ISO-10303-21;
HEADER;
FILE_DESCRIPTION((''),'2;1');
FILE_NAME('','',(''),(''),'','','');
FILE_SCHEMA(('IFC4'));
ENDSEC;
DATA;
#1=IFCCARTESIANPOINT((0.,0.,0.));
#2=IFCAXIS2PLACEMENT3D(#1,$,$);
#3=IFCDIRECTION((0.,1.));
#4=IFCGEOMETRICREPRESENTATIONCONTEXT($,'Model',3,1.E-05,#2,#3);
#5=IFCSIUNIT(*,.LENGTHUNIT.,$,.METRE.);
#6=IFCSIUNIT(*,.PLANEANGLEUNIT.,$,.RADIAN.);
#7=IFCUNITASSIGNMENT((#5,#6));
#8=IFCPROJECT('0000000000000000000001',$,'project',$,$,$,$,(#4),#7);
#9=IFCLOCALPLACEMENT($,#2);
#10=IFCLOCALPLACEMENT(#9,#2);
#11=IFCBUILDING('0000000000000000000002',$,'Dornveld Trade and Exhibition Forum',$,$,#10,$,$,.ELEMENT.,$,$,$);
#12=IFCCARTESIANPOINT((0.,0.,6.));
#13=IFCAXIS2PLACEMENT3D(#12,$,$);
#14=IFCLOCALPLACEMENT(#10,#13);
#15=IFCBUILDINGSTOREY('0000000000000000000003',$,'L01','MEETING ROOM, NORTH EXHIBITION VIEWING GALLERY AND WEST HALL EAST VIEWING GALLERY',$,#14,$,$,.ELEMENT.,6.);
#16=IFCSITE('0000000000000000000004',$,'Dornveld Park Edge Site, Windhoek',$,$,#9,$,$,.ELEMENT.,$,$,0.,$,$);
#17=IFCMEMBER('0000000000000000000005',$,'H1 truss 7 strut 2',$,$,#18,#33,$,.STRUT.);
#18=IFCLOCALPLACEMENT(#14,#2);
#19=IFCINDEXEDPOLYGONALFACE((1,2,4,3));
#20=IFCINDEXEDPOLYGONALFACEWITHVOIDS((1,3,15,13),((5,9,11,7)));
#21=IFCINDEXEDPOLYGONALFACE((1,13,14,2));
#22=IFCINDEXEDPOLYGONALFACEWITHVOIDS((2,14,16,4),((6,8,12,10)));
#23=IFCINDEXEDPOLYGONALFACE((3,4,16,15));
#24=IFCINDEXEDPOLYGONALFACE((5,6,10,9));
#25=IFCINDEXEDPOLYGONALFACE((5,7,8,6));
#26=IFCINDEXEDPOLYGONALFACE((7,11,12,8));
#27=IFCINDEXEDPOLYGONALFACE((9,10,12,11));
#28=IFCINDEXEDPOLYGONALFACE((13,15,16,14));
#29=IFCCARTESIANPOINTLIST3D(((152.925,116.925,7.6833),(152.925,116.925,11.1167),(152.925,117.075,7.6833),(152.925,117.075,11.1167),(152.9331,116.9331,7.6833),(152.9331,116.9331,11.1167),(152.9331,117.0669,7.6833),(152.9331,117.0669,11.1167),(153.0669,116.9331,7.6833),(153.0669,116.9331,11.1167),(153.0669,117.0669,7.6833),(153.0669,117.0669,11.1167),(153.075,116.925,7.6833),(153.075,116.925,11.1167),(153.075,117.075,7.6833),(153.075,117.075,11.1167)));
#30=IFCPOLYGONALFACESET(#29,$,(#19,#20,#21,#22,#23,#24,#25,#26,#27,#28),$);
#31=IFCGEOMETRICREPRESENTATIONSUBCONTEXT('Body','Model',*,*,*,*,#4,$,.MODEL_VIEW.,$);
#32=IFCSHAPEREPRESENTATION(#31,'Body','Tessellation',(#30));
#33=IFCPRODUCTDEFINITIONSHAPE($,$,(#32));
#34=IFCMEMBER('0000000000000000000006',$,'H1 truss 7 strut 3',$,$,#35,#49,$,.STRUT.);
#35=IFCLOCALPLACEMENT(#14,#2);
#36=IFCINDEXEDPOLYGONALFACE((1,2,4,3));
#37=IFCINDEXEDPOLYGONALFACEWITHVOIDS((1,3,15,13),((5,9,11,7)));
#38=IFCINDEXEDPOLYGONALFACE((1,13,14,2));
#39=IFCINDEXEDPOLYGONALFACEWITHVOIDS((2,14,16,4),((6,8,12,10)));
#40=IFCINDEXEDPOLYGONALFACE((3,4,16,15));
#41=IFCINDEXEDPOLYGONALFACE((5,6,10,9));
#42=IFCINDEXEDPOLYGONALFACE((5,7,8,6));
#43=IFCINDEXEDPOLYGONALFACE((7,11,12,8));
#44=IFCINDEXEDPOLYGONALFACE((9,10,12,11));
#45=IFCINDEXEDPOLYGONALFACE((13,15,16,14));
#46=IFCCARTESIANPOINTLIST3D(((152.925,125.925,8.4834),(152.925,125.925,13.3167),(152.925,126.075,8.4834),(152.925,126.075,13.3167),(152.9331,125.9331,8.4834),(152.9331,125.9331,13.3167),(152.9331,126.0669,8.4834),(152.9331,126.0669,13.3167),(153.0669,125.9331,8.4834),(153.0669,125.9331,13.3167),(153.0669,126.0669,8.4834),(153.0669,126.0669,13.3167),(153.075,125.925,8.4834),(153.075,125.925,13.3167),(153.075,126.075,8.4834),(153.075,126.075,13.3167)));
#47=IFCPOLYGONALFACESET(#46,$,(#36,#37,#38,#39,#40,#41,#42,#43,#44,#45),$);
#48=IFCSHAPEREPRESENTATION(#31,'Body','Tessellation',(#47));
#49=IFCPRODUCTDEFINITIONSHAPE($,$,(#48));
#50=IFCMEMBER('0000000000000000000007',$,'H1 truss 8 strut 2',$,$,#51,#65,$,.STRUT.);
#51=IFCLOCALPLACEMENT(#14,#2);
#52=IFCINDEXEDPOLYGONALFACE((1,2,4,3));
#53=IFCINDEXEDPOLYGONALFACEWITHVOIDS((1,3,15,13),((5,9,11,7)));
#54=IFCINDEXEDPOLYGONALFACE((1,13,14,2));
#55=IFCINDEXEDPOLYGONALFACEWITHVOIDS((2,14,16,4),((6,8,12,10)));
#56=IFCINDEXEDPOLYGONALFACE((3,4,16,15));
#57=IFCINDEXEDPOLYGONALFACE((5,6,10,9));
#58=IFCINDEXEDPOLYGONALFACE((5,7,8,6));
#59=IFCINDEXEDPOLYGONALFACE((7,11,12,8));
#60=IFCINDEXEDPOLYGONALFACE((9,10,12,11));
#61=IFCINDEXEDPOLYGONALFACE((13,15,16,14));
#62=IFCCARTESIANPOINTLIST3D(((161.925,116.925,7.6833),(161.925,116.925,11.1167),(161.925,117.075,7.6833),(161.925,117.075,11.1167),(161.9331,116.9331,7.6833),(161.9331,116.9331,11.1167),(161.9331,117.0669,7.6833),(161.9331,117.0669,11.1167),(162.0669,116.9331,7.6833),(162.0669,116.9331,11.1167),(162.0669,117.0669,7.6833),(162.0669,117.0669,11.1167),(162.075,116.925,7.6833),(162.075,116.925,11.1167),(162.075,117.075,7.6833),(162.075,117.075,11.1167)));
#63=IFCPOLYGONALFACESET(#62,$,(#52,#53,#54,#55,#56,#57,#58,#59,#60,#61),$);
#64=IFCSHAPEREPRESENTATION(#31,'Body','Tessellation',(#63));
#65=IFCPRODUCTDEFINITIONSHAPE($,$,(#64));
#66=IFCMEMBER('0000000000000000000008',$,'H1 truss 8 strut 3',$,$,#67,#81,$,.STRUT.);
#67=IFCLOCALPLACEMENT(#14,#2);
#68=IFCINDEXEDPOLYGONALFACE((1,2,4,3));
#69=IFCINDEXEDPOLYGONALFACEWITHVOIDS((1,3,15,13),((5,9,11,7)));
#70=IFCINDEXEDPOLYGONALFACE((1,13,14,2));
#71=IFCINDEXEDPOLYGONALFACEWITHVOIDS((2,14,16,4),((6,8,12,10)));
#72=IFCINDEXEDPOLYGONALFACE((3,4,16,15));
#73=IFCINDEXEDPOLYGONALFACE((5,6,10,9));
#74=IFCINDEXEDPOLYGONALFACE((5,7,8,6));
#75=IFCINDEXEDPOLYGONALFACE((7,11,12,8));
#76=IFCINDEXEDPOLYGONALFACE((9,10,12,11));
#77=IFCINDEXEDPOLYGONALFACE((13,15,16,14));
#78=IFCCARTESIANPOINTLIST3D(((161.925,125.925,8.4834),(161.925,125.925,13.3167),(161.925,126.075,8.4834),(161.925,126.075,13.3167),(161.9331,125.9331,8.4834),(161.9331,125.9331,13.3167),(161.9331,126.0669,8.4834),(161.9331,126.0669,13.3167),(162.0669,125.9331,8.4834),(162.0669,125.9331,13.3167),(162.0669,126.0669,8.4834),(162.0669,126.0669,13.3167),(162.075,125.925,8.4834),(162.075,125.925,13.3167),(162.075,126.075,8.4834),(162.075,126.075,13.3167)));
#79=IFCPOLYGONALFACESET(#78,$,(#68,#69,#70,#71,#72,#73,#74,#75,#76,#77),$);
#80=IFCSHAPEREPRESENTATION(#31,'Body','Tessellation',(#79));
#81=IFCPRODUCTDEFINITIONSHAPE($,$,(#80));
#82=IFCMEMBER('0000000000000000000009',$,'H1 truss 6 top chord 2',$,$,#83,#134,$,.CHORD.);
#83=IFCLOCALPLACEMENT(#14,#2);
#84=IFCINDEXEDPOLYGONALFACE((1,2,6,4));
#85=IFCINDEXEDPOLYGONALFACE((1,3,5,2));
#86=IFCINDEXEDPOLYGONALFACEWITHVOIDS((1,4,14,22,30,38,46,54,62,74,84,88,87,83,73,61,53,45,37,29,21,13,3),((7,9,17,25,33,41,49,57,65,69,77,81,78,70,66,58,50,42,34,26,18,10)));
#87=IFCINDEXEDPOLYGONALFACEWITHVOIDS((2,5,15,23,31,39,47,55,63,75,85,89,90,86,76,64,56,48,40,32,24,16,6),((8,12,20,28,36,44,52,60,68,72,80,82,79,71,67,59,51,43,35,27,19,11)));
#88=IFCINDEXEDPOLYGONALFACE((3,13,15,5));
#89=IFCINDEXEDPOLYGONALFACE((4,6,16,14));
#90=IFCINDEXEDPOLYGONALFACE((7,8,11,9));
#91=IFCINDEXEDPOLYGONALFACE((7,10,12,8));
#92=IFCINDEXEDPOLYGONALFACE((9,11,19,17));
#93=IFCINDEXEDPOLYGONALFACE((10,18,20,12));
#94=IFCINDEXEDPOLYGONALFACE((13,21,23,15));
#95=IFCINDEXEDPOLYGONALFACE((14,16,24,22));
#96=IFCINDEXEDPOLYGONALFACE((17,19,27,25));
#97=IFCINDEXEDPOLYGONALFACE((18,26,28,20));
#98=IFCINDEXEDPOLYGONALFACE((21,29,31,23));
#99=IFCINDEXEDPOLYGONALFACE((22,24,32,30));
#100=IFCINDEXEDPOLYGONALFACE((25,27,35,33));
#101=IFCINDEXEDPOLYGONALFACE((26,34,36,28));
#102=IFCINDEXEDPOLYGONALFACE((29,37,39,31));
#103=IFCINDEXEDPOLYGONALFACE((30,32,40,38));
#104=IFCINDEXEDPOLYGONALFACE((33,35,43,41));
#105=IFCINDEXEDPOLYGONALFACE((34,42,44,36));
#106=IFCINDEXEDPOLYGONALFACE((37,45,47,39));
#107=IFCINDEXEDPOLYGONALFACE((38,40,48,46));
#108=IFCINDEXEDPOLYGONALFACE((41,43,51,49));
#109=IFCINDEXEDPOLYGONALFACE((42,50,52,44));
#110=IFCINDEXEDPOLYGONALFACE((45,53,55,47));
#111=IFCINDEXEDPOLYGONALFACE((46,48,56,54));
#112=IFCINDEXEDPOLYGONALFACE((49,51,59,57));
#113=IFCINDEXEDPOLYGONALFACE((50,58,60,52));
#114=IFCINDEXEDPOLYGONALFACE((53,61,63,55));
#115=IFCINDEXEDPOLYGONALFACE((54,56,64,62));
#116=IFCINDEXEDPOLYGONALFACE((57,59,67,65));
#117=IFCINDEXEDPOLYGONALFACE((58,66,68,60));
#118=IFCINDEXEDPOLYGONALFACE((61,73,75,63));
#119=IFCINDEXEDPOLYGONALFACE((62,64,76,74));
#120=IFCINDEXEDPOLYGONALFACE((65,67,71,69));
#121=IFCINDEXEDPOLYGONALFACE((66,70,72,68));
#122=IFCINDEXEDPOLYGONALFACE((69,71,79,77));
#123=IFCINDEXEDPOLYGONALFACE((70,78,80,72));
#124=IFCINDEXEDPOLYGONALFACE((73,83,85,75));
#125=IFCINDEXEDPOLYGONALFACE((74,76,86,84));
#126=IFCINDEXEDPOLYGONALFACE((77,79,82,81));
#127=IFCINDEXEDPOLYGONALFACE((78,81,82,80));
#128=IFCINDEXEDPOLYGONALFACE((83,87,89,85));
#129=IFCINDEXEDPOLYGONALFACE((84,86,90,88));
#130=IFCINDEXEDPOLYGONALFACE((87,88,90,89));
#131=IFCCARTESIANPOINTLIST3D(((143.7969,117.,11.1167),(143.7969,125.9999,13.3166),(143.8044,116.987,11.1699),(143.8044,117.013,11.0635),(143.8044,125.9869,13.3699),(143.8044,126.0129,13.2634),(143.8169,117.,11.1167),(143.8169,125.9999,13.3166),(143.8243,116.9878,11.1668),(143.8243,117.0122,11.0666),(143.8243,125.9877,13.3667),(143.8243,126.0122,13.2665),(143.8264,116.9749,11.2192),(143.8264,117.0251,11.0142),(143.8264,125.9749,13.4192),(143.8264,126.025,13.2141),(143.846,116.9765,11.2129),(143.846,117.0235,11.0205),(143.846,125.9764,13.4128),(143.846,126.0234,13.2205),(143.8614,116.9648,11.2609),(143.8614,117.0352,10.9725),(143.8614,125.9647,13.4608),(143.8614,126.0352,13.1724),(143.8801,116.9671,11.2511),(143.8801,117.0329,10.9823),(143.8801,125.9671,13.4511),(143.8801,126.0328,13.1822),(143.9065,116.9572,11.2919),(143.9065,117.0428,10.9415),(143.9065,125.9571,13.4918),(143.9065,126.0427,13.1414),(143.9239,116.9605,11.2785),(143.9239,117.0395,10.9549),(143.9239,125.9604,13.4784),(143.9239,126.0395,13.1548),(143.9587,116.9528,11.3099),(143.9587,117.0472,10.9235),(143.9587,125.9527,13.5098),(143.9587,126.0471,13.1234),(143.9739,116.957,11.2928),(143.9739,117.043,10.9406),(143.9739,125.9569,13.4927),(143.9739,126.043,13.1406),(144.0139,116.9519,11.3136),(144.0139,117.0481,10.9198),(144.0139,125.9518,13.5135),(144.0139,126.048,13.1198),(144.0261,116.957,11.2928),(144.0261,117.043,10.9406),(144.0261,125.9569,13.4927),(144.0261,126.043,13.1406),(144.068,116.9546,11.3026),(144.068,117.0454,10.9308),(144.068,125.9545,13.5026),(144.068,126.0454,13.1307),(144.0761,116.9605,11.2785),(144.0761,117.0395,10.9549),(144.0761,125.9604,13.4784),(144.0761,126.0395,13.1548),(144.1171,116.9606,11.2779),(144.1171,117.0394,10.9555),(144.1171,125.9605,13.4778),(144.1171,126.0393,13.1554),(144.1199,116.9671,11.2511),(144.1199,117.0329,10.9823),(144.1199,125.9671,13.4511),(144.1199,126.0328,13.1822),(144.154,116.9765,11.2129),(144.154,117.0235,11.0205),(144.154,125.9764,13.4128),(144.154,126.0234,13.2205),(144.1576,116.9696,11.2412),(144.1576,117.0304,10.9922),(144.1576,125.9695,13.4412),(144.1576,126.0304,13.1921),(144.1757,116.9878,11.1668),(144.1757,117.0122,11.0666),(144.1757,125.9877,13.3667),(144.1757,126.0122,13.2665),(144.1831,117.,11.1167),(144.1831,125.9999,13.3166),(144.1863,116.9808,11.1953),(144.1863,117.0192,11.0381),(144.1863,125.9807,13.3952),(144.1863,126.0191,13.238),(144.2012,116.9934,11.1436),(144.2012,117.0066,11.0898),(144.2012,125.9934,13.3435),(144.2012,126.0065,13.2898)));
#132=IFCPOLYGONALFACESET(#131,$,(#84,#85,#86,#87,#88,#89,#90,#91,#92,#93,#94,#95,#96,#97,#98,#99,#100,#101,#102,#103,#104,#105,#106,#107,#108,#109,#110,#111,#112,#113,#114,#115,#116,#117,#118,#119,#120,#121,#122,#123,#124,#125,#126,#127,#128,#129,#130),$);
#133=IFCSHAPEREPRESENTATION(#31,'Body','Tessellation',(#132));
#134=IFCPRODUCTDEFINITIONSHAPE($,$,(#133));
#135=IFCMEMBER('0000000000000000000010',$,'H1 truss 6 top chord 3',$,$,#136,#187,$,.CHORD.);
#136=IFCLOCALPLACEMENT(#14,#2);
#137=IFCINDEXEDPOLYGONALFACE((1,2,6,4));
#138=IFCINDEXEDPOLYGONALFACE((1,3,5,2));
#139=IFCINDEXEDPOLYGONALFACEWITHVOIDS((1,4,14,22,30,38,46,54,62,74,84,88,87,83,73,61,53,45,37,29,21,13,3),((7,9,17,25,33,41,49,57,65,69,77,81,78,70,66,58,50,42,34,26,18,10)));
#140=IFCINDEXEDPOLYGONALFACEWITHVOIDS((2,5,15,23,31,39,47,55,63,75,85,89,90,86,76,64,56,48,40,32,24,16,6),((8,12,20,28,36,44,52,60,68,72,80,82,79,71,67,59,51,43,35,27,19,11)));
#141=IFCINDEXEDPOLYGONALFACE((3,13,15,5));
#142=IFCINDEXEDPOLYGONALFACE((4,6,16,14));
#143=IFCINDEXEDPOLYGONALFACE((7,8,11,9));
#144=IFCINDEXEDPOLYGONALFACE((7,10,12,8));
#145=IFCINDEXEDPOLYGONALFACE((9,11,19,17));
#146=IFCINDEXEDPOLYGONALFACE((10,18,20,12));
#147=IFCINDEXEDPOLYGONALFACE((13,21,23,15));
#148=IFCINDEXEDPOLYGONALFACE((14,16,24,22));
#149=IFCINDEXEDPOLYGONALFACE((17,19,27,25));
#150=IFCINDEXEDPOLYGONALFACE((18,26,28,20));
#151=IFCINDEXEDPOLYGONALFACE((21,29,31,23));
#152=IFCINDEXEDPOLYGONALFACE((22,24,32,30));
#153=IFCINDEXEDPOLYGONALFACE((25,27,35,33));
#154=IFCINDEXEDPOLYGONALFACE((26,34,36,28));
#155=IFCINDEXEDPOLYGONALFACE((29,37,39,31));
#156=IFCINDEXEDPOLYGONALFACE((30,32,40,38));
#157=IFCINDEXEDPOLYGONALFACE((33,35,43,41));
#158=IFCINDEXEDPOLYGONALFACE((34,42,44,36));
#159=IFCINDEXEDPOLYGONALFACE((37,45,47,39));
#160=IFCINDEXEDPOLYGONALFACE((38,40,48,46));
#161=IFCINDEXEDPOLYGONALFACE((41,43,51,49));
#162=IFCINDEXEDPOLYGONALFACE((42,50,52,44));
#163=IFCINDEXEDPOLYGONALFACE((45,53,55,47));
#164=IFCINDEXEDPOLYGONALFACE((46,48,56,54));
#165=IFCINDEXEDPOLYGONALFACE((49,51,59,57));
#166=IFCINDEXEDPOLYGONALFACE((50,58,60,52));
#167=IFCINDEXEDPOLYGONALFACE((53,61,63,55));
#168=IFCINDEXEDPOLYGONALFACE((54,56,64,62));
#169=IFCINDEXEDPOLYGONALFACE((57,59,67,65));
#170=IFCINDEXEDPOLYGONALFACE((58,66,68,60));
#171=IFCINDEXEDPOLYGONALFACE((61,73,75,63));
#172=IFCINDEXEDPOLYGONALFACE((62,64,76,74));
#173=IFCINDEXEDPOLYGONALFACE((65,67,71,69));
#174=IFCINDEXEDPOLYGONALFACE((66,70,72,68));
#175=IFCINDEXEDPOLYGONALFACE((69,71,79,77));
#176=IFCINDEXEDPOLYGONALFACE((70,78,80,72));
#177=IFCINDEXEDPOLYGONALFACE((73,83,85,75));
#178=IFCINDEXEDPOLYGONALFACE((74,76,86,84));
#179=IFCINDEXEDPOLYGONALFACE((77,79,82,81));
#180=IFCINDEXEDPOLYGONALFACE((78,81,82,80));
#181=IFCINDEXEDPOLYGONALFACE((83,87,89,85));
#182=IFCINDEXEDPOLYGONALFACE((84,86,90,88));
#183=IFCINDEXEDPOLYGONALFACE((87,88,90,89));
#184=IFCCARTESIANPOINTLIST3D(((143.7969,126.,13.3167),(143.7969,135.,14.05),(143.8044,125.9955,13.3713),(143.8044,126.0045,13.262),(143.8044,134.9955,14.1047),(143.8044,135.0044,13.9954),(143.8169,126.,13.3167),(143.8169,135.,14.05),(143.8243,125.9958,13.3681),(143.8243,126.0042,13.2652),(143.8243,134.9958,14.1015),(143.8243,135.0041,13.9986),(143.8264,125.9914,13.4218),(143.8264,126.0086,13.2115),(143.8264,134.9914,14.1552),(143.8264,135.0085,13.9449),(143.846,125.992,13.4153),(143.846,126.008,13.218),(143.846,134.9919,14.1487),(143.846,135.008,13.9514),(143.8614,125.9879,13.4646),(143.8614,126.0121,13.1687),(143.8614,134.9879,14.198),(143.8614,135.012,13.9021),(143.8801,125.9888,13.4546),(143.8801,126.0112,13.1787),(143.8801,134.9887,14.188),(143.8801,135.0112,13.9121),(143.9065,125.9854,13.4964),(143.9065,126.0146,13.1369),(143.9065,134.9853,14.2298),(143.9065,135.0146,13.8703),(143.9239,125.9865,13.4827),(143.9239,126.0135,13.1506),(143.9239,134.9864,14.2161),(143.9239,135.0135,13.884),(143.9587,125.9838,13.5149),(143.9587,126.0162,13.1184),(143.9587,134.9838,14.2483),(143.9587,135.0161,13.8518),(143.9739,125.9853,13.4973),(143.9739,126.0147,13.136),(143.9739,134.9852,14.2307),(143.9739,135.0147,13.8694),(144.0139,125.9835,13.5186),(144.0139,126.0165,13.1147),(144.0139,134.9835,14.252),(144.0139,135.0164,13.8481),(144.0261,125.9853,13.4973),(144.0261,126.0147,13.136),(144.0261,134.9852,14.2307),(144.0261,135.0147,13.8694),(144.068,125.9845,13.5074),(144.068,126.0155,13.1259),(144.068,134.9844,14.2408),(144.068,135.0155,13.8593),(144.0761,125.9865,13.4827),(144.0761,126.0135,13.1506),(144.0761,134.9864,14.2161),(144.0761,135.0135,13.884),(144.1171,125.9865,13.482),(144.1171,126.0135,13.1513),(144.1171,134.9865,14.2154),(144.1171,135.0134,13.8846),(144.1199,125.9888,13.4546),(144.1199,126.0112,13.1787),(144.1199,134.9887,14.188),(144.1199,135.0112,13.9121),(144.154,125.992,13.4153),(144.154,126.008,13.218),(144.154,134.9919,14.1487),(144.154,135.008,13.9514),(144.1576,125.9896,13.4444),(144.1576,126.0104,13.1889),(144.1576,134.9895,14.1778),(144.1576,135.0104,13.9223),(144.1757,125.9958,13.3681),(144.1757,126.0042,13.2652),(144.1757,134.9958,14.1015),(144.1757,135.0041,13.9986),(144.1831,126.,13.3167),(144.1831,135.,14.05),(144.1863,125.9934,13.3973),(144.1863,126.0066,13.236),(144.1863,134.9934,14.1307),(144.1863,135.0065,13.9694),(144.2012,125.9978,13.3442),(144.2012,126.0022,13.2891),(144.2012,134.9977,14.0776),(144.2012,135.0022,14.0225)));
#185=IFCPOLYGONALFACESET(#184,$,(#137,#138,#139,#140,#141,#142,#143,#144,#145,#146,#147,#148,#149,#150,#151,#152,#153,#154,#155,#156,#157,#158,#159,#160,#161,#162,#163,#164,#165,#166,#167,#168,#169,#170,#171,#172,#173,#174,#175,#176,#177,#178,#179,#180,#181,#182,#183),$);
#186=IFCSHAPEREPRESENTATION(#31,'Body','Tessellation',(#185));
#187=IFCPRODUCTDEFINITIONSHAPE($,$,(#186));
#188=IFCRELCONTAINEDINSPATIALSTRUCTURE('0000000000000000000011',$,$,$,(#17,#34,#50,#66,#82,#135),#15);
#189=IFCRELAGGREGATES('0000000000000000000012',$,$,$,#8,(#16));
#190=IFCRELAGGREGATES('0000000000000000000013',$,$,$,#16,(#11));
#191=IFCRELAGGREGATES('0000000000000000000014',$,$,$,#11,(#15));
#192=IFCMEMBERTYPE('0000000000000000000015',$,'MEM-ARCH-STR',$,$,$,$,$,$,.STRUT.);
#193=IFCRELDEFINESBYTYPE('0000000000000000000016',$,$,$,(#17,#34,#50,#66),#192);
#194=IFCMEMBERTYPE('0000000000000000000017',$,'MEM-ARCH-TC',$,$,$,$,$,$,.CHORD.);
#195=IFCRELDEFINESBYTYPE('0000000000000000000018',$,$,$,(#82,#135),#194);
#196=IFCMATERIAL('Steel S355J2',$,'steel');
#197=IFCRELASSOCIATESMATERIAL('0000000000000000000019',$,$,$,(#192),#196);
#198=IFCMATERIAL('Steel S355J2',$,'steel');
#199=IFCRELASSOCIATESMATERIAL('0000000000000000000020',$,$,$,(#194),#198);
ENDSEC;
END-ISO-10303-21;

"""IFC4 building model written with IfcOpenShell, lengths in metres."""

from ifc_helpers import new_model, si_unit, direction, frame, origin, origin_2d, place, context, subcontext, project, spatial, hollow_rectangle, hollow_circle, extrude, material, material_profile, profile_set, type_object, element, save


model = new_model("IFC4")

# Units and contexts
model_context = context("Model", 3, precision=1e-05, world=origin(), true_north=direction((0.0, 1.0)))
body_context = subcontext(model_context, "Body", "Model", "MODEL_VIEW")
ifc_project = project(units=[si_unit("LENGTHUNIT", "METRE"), si_unit("PLANEANGLEUNIT", "RADIAN")], contexts=[model_context])

# Site, building, storey
site_placement = place(None, origin())
site = spatial("IfcSite", under=ifc_project, at=site_placement, Name="Dornveld Park Edge Site, Windhoek", CompositionType="ELEMENT", RefElevation=0.0)
building_placement = place(site_placement, origin())
building = spatial("IfcBuilding", under=site, at=building_placement, Name="Dornveld Trade and Exhibition Forum", CompositionType="ELEMENT")
storey_placement = place(building_placement, frame((0.0, 0.0, 6.0)))
storey = spatial("IfcBuildingStorey", under=building, at=storey_placement, Name="L01", Description="MEETING ROOM, NORTH EXHIBITION VIEWING GALLERY AND WEST HALL EAST VIEWING GALLERY", CompositionType="ELEMENT", Elevation=6.0)

# Members
ifc_material_1 = material(Name="Steel S355J2", Category="steel")
ifc_material_profile_1 = material_profile(ifc_material_1, hollow_rectangle(XDim=0.1499, YDim=0.1499, WallThickness=0.0081, at=origin_2d()), Name="SHS 150x150x8")
ifc_profile_set_1 = profile_set([ifc_material_profile_1], Name="Steel S355J2")
member_type_1 = type_object("IfcMemberType", Name="MEM-ARCH-STR", PredefinedType="STRUT", material=ifc_profile_set_1)
member_1_placement = place(storey_placement, frame((153.0, 117.0, 7.6833), z_axis=(0.0, 0.0, 1.0), x_axis=(1.0, 0.0, 0.0)))
element("IfcMember", 1, at=member_1_placement, inside=storey, type_object=member_type_1, Name="H1 truss 7 strut 2", PredefinedType="STRUT", context=body_context, shape_type="SweptSolid", body=[
    extrude(hollow_rectangle(XDim=0.1499, YDim=0.1499, WallThickness=0.0081, at=origin_2d()), origin(), (0.0, 0.0, 1.0), 3.4333),
])
member_2_placement = place(storey_placement, frame((153.0, 126.0, 8.4834), z_axis=(0.0, 0.0, 1.0), x_axis=(1.0, 0.0, 0.0)))
element("IfcMember", 2, at=member_2_placement, inside=storey, type_object=member_type_1, Name="H1 truss 7 strut 3", PredefinedType="STRUT", context=body_context, shape_type="SweptSolid", body=[
    extrude(hollow_rectangle(XDim=0.1499, YDim=0.1499, WallThickness=0.0081, at=origin_2d()), origin(), (0.0, 0.0, 1.0), 4.8333),
])
member_3_placement = place(storey_placement, frame((162.0, 117.0, 7.6833), z_axis=(0.0, 0.0, 1.0), x_axis=(1.0, 0.0, 0.0)))
element("IfcMember", 3, at=member_3_placement, inside=storey, type_object=member_type_1, Name="H1 truss 8 strut 2", PredefinedType="STRUT", context=body_context, shape_type="SweptSolid", body=[
    extrude(hollow_rectangle(XDim=0.1499, YDim=0.1499, WallThickness=0.0081, at=origin_2d()), origin(), (0.0, 0.0, 1.0), 3.4333),
])
member_4_placement = place(storey_placement, frame((162.0, 126.0, 8.4834), z_axis=(0.0, 0.0, 1.0), x_axis=(1.0, 0.0, 0.0)))
element("IfcMember", 4, at=member_4_placement, inside=storey, type_object=member_type_1, Name="H1 truss 8 strut 3", PredefinedType="STRUT", context=body_context, shape_type="SweptSolid", body=[
    extrude(hollow_rectangle(XDim=0.1499, YDim=0.1499, WallThickness=0.0081, at=origin_2d()), origin(), (0.0, 0.0, 1.0), 4.8333),
])
ifc_material_2 = material(Name="Steel S355J2", Category="steel")
ifc_material_profile_2 = material_profile(ifc_material_2, hollow_circle(Radius=0.2031, WallThickness=0.02, at=origin_2d()), Name="CHS 406.4x20")
ifc_profile_set_2 = profile_set([ifc_material_profile_2], Name="Steel S355J2")
member_type_2 = type_object("IfcMemberType", Name="MEM-ARCH-TC", PredefinedType="CHORD", material=ifc_profile_set_2)
member_5_placement = place(storey_placement, frame((144.0, 117.0, 11.1167), z_axis=(0.0, 0.9714, 0.237448), x_axis=(-1.0, 0.0, 0.0)))
element("IfcMember", 5, at=member_5_placement, inside=storey, type_object=member_type_2, Name="H1 truss 6 top chord 2", PredefinedType="CHORD", context=body_context, shape_type="SweptSolid", body=[
    extrude(hollow_circle(Radius=0.2031, WallThickness=0.02, at=origin_2d()), origin(), (0.0, 0.0, 1.0), 9.2649),
])
member_6_placement = place(storey_placement, frame((144.0, 126.0, 13.3167), z_axis=(0.0, 0.996696, 0.081219), x_axis=(-1.0, 0.0, 0.0)))
element("IfcMember", 6, at=member_6_placement, inside=storey, type_object=member_type_2, Name="H1 truss 6 top chord 3", PredefinedType="CHORD", context=body_context, shape_type="SweptSolid", body=[
    extrude(hollow_circle(Radius=0.2031, WallThickness=0.02, at=origin_2d()), origin(), (0.0, 0.0, 1.0), 9.0298),
])

save(model, "model.ifc")
